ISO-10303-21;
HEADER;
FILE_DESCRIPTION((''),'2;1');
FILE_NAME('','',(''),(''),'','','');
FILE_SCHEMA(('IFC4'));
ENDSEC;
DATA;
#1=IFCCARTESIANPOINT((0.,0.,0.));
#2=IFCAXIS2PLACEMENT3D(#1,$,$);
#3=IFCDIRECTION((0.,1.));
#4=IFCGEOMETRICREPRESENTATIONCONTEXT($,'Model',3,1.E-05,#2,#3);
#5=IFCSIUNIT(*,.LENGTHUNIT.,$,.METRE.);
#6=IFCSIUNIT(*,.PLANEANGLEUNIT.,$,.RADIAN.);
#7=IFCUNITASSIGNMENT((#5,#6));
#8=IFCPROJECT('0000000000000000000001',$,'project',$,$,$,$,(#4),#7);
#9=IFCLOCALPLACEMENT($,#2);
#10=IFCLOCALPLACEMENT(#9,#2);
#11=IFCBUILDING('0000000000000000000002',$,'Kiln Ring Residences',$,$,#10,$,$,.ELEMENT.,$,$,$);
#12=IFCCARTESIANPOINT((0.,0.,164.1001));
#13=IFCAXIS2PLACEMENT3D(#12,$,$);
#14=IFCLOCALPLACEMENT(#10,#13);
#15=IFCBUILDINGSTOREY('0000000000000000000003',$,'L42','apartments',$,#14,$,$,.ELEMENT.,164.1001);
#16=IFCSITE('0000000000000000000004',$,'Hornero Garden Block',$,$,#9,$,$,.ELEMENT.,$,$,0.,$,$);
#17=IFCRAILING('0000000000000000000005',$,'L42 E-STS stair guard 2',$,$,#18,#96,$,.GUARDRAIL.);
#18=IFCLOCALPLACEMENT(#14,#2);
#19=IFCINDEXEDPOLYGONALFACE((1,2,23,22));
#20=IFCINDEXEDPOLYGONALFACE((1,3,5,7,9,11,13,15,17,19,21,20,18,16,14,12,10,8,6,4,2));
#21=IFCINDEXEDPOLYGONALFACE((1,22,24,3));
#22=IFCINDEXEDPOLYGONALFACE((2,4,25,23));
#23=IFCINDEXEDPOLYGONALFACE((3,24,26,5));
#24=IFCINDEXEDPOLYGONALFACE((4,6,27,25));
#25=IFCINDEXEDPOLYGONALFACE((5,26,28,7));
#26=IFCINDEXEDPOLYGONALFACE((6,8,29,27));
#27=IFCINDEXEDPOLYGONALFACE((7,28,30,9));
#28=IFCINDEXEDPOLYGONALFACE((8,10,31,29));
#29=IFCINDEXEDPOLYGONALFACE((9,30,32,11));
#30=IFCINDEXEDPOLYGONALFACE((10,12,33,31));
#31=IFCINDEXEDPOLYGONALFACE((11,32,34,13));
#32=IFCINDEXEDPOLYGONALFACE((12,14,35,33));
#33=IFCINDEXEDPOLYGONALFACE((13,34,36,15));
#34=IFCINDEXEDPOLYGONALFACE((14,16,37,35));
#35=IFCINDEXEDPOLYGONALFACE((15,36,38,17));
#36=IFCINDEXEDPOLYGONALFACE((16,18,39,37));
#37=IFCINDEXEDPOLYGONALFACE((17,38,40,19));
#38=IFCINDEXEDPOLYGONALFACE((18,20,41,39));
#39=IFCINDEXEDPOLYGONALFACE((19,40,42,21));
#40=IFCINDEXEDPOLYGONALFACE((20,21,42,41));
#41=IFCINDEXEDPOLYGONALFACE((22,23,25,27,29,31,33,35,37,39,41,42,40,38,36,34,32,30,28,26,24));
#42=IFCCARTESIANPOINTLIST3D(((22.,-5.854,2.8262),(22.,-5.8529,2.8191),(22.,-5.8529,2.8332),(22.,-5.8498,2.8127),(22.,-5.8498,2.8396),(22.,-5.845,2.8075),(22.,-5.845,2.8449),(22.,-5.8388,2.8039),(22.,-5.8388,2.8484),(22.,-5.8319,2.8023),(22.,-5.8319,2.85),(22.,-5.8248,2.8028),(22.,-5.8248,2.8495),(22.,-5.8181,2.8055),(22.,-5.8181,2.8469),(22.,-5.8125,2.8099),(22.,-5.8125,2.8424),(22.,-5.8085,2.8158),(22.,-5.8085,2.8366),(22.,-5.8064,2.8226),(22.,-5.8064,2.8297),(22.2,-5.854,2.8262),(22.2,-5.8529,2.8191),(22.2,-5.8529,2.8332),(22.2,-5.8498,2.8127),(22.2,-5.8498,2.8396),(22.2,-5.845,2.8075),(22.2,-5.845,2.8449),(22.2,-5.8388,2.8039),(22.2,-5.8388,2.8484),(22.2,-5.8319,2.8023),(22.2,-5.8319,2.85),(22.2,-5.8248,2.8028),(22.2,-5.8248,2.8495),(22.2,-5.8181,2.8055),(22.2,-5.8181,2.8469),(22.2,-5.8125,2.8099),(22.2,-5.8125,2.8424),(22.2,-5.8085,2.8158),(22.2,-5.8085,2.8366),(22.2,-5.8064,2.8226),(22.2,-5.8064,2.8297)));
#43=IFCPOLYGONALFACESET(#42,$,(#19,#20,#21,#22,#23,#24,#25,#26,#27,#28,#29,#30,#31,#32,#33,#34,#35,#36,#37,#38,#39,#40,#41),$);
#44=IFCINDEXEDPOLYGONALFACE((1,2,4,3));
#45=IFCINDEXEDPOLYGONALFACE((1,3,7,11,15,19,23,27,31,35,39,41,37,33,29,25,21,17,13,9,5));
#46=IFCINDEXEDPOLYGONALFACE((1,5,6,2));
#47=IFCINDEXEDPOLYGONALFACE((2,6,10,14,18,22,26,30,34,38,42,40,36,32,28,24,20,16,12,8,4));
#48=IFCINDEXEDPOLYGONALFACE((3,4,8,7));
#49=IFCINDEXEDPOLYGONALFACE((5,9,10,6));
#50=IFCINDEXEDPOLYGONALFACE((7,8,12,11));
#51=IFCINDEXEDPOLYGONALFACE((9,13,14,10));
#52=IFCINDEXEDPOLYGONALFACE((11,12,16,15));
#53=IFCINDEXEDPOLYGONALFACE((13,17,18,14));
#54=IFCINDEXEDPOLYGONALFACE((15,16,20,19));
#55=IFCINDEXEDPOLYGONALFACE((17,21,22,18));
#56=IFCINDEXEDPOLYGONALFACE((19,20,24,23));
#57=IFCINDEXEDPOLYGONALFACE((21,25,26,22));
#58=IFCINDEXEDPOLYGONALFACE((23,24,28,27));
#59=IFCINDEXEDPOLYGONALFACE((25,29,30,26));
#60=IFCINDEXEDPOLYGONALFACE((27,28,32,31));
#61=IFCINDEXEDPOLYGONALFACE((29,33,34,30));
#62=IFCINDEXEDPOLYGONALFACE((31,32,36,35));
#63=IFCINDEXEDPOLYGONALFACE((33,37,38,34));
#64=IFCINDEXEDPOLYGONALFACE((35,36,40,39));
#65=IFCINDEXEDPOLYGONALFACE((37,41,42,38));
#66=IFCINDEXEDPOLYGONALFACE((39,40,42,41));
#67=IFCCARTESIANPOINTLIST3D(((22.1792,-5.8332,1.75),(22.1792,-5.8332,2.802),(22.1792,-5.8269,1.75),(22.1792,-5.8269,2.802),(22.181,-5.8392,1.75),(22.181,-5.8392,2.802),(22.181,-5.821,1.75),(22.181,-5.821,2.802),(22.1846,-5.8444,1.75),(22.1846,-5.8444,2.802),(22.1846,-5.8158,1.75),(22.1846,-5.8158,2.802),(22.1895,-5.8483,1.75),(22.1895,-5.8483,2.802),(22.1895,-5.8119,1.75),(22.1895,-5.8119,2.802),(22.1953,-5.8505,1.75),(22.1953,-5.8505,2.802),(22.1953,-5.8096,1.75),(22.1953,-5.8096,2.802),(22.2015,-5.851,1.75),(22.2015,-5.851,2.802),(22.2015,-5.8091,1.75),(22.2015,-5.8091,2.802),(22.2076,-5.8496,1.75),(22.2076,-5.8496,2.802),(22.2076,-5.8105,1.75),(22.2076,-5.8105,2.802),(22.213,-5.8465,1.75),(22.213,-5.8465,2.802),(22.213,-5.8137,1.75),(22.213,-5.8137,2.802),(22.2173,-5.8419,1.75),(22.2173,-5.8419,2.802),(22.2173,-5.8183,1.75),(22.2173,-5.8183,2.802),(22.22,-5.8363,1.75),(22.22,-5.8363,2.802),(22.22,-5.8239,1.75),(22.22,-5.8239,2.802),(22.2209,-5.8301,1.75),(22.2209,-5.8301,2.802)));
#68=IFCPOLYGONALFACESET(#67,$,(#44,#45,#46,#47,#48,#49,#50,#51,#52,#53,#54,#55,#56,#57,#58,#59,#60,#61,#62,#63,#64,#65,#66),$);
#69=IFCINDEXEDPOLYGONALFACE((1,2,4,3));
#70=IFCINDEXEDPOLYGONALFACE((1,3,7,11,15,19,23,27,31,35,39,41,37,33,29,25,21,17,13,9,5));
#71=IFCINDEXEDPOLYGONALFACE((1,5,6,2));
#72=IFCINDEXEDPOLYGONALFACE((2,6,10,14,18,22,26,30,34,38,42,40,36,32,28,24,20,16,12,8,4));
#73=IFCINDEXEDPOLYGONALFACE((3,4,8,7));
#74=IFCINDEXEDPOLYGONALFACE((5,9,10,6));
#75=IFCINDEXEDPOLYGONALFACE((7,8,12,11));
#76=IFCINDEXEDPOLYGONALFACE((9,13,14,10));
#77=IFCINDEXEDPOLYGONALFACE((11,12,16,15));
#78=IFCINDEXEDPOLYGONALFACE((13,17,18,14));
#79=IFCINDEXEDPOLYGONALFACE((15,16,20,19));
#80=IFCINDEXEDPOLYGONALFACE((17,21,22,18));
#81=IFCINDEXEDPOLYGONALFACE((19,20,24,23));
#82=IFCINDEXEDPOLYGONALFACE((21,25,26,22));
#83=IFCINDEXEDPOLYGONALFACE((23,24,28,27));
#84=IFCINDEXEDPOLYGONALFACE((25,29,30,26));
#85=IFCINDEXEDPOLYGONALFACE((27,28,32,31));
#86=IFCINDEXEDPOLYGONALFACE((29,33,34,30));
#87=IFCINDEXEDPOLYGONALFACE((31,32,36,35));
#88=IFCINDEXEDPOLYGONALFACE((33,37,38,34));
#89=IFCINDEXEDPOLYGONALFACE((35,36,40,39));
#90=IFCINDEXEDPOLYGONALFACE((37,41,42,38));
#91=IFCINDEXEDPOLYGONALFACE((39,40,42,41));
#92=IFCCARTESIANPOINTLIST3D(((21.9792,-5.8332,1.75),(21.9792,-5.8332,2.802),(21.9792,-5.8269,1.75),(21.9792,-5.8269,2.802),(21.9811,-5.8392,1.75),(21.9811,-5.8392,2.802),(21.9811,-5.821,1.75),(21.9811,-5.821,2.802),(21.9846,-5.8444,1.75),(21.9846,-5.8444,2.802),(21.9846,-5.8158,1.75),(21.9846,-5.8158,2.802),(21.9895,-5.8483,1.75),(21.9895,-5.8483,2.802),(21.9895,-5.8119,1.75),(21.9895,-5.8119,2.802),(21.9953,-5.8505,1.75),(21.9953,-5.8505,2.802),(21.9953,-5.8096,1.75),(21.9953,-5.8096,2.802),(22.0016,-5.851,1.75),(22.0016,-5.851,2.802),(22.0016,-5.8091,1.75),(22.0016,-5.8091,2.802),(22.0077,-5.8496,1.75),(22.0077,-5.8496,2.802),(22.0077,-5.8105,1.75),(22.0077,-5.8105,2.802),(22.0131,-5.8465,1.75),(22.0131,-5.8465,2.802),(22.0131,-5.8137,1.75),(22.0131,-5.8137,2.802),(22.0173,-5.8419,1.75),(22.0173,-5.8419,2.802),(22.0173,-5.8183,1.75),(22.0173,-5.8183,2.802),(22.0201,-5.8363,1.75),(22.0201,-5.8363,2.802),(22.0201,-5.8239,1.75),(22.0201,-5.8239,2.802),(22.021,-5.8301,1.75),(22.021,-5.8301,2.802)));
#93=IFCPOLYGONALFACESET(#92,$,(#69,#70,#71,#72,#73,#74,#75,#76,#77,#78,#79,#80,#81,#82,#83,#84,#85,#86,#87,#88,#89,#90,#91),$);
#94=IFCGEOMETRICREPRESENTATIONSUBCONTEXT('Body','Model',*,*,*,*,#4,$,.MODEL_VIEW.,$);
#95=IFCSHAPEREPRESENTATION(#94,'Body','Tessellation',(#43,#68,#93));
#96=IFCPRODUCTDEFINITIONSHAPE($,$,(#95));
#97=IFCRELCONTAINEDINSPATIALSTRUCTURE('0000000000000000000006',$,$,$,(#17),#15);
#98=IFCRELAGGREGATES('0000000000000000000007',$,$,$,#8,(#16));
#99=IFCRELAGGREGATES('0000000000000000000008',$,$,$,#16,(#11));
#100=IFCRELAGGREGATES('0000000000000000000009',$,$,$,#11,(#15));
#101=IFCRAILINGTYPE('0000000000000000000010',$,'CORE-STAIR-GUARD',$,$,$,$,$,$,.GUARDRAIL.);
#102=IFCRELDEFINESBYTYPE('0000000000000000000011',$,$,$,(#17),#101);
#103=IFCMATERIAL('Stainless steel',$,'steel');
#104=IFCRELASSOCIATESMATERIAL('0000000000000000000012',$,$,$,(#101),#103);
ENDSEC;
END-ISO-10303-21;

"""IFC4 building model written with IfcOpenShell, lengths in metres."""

from ifc_helpers import new_model, si_unit, direction, frame, origin, origin_2d, place, context, subcontext, project, spatial, circle, extrude, material, type_object, element, save


model = new_model("IFC4")

# Units and contexts
model_context = context("Model", 3, precision=1e-05, world=origin(), true_north=direction((0.0, 1.0)))
body_context = subcontext(model_context, "Body", "Model", "MODEL_VIEW")
ifc_project = project(units=[si_unit("LENGTHUNIT", "METRE"), si_unit("PLANEANGLEUNIT", "RADIAN")], contexts=[model_context])

# Site, building, storey
site_placement = place(None, origin())
site = spatial("IfcSite", under=ifc_project, at=site_placement, Name="Hornero Garden Block", CompositionType="ELEMENT", RefElevation=0.0)
building_placement = place(site_placement, origin())
building = spatial("IfcBuilding", under=site, at=building_placement, Name="Kiln Ring Residences", CompositionType="ELEMENT")
storey_placement = place(building_placement, frame((0.0, 0.0, 164.1001)))
storey = spatial("IfcBuildingStorey", under=building, at=storey_placement, Name="L42", Description="apartments", CompositionType="ELEMENT", Elevation=164.1001)

# Railing
ifc_material_1 = material(Name="Stainless steel", Category="steel")
railing_type_1 = type_object("IfcRailingType", Name="CORE-STAIR-GUARD", PredefinedType="GUARDRAIL", material=ifc_material_1)
railing_1_placement = place(storey_placement, frame((22.2, -5.8301, 1.75)))
element("IfcRailing", 1, at=railing_1_placement, inside=storey, type_object=railing_type_1, Name="L42 E-STS stair guard 2", PredefinedType="GUARDRAIL", context=body_context, shape_type="SweptSolid", body=[
    extrude(circle(Radius=0.0239, at=origin_2d()), frame((0.0, 0.0, 1.0762), z_axis=(-1.0, 0.0, 0.0), x_axis=(0.0, -1.0, 0.0)), (0.0, 0.0, 1.0), 0.2),
    extrude(circle(Radius=0.021, at=origin_2d()), origin(), (0.0, 0.0, 1.0), 1.052),
    extrude(circle(Radius=0.021, at=origin_2d()), frame((-0.2, 0.0, 0.0)), (0.0, 0.0, 1.0), 1.052),
])

save(model, "model.ifc")
